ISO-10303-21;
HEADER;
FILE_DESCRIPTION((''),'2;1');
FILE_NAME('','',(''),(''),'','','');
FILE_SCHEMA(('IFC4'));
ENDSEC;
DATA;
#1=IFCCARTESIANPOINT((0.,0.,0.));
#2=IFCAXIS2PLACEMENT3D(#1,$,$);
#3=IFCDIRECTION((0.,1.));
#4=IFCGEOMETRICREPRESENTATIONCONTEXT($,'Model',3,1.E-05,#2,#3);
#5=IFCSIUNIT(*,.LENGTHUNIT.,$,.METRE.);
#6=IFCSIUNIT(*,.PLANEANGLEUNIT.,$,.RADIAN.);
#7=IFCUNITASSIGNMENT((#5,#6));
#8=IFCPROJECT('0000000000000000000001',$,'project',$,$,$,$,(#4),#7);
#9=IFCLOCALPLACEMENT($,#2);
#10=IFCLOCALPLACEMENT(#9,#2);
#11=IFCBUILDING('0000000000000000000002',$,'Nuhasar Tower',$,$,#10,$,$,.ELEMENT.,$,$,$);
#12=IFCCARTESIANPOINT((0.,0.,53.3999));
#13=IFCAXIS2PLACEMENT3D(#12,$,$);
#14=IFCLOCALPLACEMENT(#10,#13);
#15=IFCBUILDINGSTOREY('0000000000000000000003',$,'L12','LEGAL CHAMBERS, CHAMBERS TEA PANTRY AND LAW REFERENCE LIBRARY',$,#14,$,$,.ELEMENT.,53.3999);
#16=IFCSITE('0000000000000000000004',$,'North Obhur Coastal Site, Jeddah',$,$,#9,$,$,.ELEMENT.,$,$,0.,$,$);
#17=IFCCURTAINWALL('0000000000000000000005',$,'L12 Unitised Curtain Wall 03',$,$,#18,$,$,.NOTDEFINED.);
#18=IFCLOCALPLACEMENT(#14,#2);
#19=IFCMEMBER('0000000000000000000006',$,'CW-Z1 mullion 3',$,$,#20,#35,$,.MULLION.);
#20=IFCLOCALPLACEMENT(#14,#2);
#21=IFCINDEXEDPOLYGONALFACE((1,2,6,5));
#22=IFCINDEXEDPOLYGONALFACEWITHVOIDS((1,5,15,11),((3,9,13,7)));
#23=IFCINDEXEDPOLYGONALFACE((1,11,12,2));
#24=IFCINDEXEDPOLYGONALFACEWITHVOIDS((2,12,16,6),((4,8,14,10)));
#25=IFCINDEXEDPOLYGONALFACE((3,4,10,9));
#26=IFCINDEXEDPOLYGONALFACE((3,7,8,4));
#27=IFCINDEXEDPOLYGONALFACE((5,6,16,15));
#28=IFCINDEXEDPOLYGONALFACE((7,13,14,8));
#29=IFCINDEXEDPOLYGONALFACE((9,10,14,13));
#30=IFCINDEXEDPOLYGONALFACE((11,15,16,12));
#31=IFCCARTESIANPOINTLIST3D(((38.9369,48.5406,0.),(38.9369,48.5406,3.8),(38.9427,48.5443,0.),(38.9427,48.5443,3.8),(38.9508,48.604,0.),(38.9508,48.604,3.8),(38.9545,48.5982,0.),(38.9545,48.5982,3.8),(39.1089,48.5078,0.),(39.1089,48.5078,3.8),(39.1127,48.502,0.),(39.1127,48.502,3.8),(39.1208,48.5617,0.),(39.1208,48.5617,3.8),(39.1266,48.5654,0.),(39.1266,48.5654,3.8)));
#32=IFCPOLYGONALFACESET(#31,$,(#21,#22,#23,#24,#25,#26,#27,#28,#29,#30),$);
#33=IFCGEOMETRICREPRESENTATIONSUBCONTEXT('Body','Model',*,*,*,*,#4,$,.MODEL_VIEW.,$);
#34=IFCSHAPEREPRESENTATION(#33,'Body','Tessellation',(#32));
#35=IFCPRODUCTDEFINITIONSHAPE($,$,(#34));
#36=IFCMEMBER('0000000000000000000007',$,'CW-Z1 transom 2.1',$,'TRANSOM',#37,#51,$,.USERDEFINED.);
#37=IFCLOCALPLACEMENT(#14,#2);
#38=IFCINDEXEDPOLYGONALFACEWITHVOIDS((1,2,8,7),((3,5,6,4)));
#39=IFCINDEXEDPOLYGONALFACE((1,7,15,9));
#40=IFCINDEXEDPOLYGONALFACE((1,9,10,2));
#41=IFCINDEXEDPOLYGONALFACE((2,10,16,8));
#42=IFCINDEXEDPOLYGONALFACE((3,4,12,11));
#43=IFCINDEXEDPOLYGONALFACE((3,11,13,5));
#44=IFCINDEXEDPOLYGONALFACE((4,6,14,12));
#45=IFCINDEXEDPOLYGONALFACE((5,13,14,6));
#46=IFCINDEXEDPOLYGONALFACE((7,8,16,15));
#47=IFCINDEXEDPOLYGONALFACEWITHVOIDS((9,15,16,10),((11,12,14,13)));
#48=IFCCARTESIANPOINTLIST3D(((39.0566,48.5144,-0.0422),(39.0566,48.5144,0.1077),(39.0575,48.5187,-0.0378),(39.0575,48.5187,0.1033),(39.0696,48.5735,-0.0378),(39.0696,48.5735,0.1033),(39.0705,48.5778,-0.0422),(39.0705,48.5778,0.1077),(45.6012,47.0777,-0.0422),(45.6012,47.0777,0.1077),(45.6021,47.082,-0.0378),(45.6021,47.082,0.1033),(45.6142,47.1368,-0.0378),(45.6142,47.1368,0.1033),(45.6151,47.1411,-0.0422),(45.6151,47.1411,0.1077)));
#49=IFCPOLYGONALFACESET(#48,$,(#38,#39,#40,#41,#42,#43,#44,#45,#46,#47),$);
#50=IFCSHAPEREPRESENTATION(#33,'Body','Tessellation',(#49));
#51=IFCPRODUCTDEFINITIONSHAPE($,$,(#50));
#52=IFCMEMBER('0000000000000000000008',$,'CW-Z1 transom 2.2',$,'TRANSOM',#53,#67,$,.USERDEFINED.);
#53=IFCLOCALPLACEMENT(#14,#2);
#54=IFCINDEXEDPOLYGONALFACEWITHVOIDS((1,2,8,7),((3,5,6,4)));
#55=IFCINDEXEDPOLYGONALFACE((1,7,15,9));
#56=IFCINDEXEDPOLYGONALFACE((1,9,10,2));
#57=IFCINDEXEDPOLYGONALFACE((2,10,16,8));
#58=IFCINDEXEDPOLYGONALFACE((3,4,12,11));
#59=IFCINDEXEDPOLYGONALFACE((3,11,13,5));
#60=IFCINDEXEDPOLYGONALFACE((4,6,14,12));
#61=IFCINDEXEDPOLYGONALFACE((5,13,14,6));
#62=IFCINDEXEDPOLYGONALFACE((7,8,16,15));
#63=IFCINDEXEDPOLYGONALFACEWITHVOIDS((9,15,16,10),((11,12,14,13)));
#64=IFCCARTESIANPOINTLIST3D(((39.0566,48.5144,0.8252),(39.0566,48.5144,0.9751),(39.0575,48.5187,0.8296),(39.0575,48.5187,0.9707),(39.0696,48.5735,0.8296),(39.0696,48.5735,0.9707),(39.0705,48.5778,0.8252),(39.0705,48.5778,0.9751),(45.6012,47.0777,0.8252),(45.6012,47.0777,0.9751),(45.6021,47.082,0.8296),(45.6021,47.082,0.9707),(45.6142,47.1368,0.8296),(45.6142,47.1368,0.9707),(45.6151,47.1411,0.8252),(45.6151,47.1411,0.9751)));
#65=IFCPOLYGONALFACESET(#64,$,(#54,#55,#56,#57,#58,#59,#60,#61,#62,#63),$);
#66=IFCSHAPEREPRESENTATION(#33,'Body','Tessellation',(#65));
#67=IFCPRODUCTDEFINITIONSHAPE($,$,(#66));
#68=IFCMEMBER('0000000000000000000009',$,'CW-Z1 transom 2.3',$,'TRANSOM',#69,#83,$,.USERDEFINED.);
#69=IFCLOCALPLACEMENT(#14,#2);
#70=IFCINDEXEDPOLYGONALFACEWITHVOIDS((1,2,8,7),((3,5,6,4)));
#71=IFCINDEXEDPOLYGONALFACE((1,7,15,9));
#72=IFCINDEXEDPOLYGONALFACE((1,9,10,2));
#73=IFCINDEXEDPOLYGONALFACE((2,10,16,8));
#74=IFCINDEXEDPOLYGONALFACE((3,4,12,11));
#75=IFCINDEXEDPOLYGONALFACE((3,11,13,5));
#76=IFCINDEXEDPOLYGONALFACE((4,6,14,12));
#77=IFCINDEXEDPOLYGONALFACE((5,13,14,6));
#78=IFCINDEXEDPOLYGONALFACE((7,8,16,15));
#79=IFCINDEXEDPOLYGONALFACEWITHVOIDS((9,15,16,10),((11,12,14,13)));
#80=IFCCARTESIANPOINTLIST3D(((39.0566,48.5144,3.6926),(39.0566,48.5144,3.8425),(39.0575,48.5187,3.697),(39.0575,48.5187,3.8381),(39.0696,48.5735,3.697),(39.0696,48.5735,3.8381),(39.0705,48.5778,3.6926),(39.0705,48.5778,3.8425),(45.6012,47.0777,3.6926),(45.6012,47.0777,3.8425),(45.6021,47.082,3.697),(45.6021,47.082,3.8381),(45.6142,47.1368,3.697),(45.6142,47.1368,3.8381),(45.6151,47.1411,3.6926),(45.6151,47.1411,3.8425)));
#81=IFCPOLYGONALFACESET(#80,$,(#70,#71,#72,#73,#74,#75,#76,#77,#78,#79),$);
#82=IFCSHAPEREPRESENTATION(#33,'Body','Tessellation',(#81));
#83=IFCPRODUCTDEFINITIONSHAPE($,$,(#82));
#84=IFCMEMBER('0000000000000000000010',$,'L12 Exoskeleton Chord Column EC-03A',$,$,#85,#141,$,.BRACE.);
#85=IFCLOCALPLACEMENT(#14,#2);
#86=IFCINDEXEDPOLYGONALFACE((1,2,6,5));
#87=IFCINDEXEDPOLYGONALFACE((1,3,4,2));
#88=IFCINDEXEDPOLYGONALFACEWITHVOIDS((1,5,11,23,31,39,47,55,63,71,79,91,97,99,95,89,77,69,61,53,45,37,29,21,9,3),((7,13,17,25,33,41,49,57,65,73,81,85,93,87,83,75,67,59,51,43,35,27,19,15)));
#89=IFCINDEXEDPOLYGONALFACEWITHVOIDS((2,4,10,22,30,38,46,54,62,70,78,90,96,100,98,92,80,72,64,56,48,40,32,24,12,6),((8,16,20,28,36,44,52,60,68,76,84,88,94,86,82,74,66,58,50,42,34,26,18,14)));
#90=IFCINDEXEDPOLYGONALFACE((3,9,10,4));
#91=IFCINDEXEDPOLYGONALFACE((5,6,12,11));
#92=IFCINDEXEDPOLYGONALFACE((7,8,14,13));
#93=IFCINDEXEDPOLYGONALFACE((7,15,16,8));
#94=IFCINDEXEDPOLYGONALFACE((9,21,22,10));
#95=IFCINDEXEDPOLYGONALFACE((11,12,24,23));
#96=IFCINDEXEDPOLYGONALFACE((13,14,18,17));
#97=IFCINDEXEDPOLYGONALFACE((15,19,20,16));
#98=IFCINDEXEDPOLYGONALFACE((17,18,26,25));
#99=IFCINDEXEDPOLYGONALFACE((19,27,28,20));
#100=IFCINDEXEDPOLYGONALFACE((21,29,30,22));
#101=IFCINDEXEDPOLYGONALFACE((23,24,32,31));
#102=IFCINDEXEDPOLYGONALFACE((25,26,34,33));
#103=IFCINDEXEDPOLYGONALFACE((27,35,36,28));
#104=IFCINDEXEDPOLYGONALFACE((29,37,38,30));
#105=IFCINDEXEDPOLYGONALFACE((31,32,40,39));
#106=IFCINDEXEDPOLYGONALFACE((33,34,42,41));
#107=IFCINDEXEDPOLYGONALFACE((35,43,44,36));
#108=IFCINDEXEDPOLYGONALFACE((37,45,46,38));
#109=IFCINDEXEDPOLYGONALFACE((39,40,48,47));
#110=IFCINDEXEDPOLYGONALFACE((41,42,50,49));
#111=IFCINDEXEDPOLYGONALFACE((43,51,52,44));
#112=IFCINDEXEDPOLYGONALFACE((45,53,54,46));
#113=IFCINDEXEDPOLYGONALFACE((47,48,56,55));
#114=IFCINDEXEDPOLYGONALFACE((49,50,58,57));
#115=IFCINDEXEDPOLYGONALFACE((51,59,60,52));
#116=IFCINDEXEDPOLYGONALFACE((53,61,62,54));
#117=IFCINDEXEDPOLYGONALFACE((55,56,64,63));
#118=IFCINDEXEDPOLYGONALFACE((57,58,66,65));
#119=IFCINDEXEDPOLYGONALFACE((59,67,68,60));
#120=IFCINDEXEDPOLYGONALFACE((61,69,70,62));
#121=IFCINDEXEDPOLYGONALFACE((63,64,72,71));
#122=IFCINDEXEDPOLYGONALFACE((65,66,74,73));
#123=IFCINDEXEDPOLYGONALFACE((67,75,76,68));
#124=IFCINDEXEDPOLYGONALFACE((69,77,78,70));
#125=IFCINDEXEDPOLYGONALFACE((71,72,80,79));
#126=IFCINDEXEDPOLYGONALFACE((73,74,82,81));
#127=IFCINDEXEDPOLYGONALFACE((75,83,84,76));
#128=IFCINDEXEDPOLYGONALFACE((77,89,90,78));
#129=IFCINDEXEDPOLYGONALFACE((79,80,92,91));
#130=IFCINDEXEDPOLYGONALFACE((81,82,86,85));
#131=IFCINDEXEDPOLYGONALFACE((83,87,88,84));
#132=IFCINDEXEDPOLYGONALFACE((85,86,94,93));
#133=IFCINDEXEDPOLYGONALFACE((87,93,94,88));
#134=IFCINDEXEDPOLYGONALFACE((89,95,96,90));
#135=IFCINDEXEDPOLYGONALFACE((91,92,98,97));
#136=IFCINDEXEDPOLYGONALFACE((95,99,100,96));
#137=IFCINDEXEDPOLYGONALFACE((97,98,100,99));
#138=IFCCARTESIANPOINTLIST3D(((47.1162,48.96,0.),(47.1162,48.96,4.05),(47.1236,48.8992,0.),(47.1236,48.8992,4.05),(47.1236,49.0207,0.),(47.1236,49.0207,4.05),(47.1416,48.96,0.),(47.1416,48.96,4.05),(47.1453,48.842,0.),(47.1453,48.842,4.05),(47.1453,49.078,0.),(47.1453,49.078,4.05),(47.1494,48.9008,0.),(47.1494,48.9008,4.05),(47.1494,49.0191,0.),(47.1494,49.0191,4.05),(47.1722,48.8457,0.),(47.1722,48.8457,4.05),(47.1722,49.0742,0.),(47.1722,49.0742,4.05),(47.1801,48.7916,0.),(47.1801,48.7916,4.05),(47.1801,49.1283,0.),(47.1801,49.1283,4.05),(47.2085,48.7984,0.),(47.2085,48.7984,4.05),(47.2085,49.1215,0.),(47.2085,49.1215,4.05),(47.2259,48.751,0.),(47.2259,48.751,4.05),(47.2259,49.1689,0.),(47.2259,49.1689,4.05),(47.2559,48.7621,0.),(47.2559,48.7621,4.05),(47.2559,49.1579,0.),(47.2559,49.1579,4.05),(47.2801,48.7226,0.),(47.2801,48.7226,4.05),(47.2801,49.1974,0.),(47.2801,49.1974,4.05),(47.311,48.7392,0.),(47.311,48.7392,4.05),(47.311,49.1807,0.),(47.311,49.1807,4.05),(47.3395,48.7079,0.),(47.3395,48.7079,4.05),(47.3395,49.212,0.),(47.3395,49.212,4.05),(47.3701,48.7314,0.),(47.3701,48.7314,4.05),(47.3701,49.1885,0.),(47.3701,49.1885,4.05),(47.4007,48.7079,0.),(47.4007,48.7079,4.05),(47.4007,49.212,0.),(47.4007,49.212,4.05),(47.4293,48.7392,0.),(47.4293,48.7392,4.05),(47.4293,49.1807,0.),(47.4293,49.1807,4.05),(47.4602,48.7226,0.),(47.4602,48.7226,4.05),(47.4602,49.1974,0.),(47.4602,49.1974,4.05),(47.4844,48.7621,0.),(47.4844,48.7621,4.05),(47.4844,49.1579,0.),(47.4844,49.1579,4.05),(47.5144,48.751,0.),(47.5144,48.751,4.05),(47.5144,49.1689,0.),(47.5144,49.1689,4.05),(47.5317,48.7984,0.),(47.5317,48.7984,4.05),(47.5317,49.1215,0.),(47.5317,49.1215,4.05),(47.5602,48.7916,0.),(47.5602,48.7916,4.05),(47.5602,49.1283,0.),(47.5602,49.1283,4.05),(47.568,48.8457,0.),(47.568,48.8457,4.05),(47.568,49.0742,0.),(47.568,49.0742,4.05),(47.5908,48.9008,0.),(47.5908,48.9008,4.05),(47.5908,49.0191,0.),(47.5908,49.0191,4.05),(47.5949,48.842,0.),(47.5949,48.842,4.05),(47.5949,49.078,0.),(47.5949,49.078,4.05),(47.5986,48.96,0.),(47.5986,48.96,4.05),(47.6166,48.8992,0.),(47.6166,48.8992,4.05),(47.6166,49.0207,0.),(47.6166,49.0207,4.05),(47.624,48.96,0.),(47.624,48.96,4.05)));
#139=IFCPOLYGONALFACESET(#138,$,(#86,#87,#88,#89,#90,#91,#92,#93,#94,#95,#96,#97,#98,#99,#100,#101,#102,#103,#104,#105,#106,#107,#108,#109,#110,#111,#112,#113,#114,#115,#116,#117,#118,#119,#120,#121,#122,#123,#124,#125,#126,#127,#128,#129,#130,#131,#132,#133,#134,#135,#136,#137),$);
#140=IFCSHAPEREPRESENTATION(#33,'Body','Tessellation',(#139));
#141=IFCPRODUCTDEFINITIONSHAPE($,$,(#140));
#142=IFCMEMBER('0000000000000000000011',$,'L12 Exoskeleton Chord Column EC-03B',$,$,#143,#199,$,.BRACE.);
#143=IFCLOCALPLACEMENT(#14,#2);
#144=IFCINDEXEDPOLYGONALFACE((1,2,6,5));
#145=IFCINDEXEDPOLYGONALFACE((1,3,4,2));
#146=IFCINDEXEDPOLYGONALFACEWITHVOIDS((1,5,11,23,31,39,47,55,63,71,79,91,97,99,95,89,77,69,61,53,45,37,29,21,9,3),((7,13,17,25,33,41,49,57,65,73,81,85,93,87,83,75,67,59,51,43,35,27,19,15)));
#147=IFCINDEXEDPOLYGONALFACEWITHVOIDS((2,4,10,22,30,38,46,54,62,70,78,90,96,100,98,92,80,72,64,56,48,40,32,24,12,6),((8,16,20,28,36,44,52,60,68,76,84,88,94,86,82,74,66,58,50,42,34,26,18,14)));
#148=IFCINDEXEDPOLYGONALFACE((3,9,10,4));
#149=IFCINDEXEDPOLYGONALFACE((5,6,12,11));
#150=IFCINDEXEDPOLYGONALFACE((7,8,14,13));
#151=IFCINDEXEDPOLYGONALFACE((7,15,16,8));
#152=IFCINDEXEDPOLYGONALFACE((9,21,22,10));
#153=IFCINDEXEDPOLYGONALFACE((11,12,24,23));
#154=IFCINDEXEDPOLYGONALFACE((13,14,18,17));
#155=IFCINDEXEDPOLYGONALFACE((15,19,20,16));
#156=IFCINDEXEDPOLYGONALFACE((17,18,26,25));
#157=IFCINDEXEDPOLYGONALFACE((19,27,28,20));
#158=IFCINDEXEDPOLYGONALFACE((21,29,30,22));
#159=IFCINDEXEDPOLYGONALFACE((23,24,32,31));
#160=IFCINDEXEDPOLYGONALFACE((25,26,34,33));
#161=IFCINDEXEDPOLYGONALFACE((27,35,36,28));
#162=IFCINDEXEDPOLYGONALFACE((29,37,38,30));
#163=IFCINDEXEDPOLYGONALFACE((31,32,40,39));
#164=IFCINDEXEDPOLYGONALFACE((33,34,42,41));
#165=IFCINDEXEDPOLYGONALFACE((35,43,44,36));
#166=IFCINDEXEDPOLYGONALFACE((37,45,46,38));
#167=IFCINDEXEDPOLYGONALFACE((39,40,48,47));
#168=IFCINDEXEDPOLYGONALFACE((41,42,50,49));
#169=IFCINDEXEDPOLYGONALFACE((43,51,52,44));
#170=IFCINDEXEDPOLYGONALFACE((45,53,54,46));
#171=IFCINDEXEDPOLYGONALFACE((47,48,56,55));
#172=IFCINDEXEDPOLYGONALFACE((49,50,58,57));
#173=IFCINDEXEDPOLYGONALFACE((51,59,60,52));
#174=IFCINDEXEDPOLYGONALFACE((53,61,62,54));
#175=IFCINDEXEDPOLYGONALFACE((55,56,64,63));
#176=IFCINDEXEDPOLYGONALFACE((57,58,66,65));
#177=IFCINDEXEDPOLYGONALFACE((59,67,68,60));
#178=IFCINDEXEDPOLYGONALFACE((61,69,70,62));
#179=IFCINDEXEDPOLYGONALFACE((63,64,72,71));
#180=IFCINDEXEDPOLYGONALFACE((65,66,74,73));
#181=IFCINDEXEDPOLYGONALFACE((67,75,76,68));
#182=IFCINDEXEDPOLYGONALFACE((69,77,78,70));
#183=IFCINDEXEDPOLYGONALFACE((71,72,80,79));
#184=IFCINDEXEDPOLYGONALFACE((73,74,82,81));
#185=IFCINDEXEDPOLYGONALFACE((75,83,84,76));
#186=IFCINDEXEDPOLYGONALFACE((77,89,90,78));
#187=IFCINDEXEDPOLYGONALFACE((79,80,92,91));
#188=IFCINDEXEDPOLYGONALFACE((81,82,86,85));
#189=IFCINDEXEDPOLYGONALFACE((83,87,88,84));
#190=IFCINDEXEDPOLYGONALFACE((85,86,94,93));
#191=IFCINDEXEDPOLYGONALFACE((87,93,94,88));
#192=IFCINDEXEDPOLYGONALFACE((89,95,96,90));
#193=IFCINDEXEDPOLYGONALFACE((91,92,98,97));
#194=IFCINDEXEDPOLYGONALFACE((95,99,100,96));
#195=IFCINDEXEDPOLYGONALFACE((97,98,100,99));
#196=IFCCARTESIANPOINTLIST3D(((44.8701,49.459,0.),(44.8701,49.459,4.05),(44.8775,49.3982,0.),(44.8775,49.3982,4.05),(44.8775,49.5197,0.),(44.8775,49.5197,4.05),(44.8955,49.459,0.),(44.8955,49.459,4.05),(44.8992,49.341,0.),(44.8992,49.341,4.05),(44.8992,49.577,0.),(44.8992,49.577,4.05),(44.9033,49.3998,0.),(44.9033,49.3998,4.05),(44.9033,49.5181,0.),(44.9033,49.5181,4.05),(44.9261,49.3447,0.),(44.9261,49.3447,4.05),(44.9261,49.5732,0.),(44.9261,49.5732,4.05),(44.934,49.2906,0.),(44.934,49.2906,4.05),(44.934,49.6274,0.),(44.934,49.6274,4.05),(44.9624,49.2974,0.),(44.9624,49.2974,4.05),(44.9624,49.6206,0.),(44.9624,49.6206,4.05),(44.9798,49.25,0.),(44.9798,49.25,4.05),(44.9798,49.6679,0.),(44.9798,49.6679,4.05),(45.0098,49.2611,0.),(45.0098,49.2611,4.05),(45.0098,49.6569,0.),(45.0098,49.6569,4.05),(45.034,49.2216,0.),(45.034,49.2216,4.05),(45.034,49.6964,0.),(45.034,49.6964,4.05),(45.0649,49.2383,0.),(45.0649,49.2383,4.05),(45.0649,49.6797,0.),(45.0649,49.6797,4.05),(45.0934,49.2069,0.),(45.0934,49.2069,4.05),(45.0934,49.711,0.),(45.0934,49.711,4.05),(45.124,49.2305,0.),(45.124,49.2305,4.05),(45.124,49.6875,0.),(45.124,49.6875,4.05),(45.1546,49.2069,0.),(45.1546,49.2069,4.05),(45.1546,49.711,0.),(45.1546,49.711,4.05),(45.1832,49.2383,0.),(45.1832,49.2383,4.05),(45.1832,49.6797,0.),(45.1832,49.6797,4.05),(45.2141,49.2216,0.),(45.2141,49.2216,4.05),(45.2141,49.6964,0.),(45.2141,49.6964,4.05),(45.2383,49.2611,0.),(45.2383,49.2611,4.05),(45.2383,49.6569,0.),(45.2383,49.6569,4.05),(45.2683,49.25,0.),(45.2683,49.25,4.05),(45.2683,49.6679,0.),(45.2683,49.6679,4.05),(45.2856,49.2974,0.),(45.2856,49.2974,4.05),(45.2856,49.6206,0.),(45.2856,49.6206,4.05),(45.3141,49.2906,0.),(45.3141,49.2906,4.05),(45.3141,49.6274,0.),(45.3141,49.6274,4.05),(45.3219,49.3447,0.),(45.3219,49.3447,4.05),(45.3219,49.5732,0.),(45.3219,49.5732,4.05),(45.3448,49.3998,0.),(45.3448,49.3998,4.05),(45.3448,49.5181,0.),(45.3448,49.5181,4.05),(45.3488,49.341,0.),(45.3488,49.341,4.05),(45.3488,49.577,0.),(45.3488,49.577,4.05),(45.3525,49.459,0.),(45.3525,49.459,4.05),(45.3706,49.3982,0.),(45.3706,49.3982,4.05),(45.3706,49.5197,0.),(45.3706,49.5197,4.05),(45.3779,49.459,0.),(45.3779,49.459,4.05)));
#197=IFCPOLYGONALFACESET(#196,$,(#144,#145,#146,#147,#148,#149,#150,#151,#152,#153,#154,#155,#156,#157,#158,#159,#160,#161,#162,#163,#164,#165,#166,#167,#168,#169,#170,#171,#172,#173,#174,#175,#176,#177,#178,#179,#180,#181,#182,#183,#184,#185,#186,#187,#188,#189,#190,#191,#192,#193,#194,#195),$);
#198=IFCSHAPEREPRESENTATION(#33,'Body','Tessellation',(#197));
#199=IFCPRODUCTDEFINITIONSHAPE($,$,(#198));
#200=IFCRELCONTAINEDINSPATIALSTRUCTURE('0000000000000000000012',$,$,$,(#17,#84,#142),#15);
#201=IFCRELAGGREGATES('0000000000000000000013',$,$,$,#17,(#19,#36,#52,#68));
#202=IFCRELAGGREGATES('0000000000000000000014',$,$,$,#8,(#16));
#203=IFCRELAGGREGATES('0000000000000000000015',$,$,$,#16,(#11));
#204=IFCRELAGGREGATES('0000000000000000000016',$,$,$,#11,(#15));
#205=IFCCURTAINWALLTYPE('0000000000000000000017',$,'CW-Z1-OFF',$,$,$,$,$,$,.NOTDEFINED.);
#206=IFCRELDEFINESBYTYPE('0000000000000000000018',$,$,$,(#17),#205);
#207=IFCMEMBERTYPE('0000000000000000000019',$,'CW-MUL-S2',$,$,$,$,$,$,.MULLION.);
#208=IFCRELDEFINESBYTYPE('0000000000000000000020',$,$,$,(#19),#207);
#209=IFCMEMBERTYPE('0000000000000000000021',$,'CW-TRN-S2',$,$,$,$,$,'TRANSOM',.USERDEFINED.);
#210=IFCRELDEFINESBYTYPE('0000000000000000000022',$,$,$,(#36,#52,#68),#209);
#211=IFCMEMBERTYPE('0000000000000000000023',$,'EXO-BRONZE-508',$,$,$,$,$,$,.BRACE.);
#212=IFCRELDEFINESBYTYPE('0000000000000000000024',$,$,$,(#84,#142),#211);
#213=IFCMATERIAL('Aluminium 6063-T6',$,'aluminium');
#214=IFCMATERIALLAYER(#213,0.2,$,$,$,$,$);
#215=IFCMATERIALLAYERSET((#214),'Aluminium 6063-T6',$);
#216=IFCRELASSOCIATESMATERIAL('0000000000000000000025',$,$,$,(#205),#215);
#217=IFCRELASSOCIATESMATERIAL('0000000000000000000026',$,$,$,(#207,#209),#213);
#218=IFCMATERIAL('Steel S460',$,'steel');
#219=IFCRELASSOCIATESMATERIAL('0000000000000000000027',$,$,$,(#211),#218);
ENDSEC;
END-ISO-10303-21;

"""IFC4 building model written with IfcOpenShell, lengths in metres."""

from ifc_helpers import new_model, si_unit, direction, frame, origin, origin_2d, place, context, subcontext, project, spatial, hollow_rectangle, hollow_circle, extrude, material, layer, layer_set, material_profile, profile_set, type_object, element, aggregate, save


model = new_model("IFC4")

# Units and contexts
model_context = context("Model", 3, precision=1e-05, world=origin(), true_north=direction((0.0, 1.0)))
body_context = subcontext(model_context, "Body", "Model", "MODEL_VIEW")
ifc_project = project(units=[si_unit("LENGTHUNIT", "METRE"), si_unit("PLANEANGLEUNIT", "RADIAN")], contexts=[model_context])

# Site, building, storey
site_placement = place(None, origin())
site = spatial("IfcSite", under=ifc_project, at=site_placement, Name="North Obhur Coastal Site, Jeddah", CompositionType="ELEMENT", RefElevation=0.0)
building_placement = place(site_placement, origin())
building = spatial("IfcBuilding", under=site, at=building_placement, Name="Nuhasar Tower", CompositionType="ELEMENT")
storey_placement = place(building_placement, frame((0.0, 0.0, 53.3999)))
storey = spatial("IfcBuildingStorey", under=building, at=storey_placement, Name="L12", Description="LEGAL CHAMBERS, CHAMBERS TEA PANTRY AND LAW REFERENCE LIBRARY", CompositionType="ELEMENT", Elevation=53.3999)

# Curtain wall, members
ifc_material_1 = material(Name="Aluminium 6063-T6", Category="aluminium")
ifc_layer_1 = layer(ifc_material_1, 0.2)
ifc_layer_set_1 = layer_set([ifc_layer_1], Name="Aluminium 6063-T6")
curtain_wall_type = type_object("IfcCurtainWallType", Name="CW-Z1-OFF", PredefinedType="NOTDEFINED", material=ifc_layer_set_1)
curtain_wall_placement = place(storey_placement, origin())
curtain_wall = element("IfcCurtainWall", 1, at=curtain_wall_placement, inside=storey, type_object=curtain_wall_type, Name="L12 Unitised Curtain Wall 03", PredefinedType="NOTDEFINED")
ifc_material_profile_1 = material_profile(ifc_material_1, hollow_rectangle(XDim=0.0649, YDim=0.1799, WallThickness=0.0049, at=origin_2d()), Name="CWM-2")
ifc_profile_set_1 = profile_set([ifc_material_profile_1], Name="Aluminium 6063-T6")
member_type_1 = type_object("IfcMemberType", Name="CW-MUL-S2", PredefinedType="MULLION", material=ifc_profile_set_1)
member_1_placement = place(storey_placement, frame((39.0317, 48.553, 0.0), z_axis=(0.0, 0.0, 1.0), x_axis=(-0.214399, -0.976746, 0.0)))
member_1 = element("IfcMember", 2, at=member_1_placement, type_object=member_type_1, Name="CW-Z1 mullion 3", PredefinedType="MULLION", context=body_context, shape_type="SweptSolid", body=[
    extrude(hollow_rectangle(XDim=0.0649, YDim=0.1799, WallThickness=0.0049, at=origin_2d()), origin(), (0.0, 0.0, 1.0), 3.8),
])
ifc_material_profile_2 = material_profile(ifc_material_1, hollow_rectangle(XDim=0.0649, YDim=0.1499, WallThickness=0.0044, at=origin_2d()), Name="CWT-2")
ifc_profile_set_2 = profile_set([ifc_material_profile_2], Name="Aluminium 6063-T6")
member_type_2 = type_object("IfcMemberType", Name="CW-TRN-S2", ElementType="TRANSOM", PredefinedType="USERDEFINED", material=ifc_profile_set_2)
member_2_placement = place(storey_placement, frame((45.6082, 47.1094, 0.0327), z_axis=(-0.97674, 0.214426, 0.0), x_axis=(-0.214426, -0.97674, 0.0)))
member_2 = element("IfcMember", 3, at=member_2_placement, type_object=member_type_2, Name="CW-Z1 transom 2.1", ObjectType="TRANSOM", PredefinedType="USERDEFINED", context=body_context, shape_type="SweptSolid", body=[
    extrude(hollow_rectangle(XDim=0.0649, YDim=0.1499, WallThickness=0.0044, at=origin_2d()), origin(), (0.0, 0.0, 1.0), 6.7004),
])
member_3_placement = place(storey_placement, frame((45.6082, 47.1094, 0.9001), z_axis=(-0.97674, 0.214426, 0.0), x_axis=(-0.214426, -0.97674, 0.0)))
member_3 = element("IfcMember", 4, at=member_3_placement, type_object=member_type_2, Name="CW-Z1 transom 2.2", ObjectType="TRANSOM", PredefinedType="USERDEFINED", context=body_context, shape_type="SweptSolid", body=[
    extrude(hollow_rectangle(XDim=0.0649, YDim=0.1499, WallThickness=0.0044, at=origin_2d()), origin(), (0.0, 0.0, 1.0), 6.7004),
])
member_4_placement = place(storey_placement, frame((45.6082, 47.1094, 3.7676), z_axis=(-0.97674, 0.214426, 0.0), x_axis=(-0.214426, -0.97674, 0.0)))
member_4 = element("IfcMember", 5, at=member_4_placement, type_object=member_type_2, Name="CW-Z1 transom 2.3", ObjectType="TRANSOM", PredefinedType="USERDEFINED", context=body_context, shape_type="SweptSolid", body=[
    extrude(hollow_rectangle(XDim=0.0649, YDim=0.1499, WallThickness=0.0044, at=origin_2d()), origin(), (0.0, 0.0, 1.0), 6.7004),
])

# Members
ifc_material_2 = material(Name="Steel S460", Category="steel")
ifc_material_profile_3 = material_profile(ifc_material_2, hollow_circle(Radius=0.2539, WallThickness=0.0254, at=origin_2d()), Name="HSS508X25.4")
ifc_profile_set_3 = profile_set([ifc_material_profile_3], Name="Steel S460")
member_type_3 = type_object("IfcMemberType", Name="EXO-BRONZE-508", PredefinedType="BRACE", material=ifc_profile_set_3)
for number, where, z_axis, x_axis, name in (
    (6, (47.3701, 48.96, 0.0), (0.0, 0.0, 1.0), (1.0, 0.0, 0.0), "L12 Exoskeleton Chord Column EC-03A"),
    (7, (45.124, 49.459, 0.0), (0.0, 0.0, 1.0), (1.0, 0.0, 0.0), "L12 Exoskeleton Chord Column EC-03B"),
):
    element("IfcMember", number, at=place(storey_placement, frame(where, z_axis=z_axis, x_axis=x_axis)), inside=storey, type_object=member_type_3, Name=name, PredefinedType="BRACE", context=body_context, shape_type="SweptSolid", body=[
        extrude(hollow_circle(Radius=0.2539, WallThickness=0.0254, at=origin_2d()), origin(), (0.0, 0.0, 1.0), 4.05),
    ])

aggregate(curtain_wall, [member_1, member_2, member_3, member_4])

save(model, "model.ifc")
